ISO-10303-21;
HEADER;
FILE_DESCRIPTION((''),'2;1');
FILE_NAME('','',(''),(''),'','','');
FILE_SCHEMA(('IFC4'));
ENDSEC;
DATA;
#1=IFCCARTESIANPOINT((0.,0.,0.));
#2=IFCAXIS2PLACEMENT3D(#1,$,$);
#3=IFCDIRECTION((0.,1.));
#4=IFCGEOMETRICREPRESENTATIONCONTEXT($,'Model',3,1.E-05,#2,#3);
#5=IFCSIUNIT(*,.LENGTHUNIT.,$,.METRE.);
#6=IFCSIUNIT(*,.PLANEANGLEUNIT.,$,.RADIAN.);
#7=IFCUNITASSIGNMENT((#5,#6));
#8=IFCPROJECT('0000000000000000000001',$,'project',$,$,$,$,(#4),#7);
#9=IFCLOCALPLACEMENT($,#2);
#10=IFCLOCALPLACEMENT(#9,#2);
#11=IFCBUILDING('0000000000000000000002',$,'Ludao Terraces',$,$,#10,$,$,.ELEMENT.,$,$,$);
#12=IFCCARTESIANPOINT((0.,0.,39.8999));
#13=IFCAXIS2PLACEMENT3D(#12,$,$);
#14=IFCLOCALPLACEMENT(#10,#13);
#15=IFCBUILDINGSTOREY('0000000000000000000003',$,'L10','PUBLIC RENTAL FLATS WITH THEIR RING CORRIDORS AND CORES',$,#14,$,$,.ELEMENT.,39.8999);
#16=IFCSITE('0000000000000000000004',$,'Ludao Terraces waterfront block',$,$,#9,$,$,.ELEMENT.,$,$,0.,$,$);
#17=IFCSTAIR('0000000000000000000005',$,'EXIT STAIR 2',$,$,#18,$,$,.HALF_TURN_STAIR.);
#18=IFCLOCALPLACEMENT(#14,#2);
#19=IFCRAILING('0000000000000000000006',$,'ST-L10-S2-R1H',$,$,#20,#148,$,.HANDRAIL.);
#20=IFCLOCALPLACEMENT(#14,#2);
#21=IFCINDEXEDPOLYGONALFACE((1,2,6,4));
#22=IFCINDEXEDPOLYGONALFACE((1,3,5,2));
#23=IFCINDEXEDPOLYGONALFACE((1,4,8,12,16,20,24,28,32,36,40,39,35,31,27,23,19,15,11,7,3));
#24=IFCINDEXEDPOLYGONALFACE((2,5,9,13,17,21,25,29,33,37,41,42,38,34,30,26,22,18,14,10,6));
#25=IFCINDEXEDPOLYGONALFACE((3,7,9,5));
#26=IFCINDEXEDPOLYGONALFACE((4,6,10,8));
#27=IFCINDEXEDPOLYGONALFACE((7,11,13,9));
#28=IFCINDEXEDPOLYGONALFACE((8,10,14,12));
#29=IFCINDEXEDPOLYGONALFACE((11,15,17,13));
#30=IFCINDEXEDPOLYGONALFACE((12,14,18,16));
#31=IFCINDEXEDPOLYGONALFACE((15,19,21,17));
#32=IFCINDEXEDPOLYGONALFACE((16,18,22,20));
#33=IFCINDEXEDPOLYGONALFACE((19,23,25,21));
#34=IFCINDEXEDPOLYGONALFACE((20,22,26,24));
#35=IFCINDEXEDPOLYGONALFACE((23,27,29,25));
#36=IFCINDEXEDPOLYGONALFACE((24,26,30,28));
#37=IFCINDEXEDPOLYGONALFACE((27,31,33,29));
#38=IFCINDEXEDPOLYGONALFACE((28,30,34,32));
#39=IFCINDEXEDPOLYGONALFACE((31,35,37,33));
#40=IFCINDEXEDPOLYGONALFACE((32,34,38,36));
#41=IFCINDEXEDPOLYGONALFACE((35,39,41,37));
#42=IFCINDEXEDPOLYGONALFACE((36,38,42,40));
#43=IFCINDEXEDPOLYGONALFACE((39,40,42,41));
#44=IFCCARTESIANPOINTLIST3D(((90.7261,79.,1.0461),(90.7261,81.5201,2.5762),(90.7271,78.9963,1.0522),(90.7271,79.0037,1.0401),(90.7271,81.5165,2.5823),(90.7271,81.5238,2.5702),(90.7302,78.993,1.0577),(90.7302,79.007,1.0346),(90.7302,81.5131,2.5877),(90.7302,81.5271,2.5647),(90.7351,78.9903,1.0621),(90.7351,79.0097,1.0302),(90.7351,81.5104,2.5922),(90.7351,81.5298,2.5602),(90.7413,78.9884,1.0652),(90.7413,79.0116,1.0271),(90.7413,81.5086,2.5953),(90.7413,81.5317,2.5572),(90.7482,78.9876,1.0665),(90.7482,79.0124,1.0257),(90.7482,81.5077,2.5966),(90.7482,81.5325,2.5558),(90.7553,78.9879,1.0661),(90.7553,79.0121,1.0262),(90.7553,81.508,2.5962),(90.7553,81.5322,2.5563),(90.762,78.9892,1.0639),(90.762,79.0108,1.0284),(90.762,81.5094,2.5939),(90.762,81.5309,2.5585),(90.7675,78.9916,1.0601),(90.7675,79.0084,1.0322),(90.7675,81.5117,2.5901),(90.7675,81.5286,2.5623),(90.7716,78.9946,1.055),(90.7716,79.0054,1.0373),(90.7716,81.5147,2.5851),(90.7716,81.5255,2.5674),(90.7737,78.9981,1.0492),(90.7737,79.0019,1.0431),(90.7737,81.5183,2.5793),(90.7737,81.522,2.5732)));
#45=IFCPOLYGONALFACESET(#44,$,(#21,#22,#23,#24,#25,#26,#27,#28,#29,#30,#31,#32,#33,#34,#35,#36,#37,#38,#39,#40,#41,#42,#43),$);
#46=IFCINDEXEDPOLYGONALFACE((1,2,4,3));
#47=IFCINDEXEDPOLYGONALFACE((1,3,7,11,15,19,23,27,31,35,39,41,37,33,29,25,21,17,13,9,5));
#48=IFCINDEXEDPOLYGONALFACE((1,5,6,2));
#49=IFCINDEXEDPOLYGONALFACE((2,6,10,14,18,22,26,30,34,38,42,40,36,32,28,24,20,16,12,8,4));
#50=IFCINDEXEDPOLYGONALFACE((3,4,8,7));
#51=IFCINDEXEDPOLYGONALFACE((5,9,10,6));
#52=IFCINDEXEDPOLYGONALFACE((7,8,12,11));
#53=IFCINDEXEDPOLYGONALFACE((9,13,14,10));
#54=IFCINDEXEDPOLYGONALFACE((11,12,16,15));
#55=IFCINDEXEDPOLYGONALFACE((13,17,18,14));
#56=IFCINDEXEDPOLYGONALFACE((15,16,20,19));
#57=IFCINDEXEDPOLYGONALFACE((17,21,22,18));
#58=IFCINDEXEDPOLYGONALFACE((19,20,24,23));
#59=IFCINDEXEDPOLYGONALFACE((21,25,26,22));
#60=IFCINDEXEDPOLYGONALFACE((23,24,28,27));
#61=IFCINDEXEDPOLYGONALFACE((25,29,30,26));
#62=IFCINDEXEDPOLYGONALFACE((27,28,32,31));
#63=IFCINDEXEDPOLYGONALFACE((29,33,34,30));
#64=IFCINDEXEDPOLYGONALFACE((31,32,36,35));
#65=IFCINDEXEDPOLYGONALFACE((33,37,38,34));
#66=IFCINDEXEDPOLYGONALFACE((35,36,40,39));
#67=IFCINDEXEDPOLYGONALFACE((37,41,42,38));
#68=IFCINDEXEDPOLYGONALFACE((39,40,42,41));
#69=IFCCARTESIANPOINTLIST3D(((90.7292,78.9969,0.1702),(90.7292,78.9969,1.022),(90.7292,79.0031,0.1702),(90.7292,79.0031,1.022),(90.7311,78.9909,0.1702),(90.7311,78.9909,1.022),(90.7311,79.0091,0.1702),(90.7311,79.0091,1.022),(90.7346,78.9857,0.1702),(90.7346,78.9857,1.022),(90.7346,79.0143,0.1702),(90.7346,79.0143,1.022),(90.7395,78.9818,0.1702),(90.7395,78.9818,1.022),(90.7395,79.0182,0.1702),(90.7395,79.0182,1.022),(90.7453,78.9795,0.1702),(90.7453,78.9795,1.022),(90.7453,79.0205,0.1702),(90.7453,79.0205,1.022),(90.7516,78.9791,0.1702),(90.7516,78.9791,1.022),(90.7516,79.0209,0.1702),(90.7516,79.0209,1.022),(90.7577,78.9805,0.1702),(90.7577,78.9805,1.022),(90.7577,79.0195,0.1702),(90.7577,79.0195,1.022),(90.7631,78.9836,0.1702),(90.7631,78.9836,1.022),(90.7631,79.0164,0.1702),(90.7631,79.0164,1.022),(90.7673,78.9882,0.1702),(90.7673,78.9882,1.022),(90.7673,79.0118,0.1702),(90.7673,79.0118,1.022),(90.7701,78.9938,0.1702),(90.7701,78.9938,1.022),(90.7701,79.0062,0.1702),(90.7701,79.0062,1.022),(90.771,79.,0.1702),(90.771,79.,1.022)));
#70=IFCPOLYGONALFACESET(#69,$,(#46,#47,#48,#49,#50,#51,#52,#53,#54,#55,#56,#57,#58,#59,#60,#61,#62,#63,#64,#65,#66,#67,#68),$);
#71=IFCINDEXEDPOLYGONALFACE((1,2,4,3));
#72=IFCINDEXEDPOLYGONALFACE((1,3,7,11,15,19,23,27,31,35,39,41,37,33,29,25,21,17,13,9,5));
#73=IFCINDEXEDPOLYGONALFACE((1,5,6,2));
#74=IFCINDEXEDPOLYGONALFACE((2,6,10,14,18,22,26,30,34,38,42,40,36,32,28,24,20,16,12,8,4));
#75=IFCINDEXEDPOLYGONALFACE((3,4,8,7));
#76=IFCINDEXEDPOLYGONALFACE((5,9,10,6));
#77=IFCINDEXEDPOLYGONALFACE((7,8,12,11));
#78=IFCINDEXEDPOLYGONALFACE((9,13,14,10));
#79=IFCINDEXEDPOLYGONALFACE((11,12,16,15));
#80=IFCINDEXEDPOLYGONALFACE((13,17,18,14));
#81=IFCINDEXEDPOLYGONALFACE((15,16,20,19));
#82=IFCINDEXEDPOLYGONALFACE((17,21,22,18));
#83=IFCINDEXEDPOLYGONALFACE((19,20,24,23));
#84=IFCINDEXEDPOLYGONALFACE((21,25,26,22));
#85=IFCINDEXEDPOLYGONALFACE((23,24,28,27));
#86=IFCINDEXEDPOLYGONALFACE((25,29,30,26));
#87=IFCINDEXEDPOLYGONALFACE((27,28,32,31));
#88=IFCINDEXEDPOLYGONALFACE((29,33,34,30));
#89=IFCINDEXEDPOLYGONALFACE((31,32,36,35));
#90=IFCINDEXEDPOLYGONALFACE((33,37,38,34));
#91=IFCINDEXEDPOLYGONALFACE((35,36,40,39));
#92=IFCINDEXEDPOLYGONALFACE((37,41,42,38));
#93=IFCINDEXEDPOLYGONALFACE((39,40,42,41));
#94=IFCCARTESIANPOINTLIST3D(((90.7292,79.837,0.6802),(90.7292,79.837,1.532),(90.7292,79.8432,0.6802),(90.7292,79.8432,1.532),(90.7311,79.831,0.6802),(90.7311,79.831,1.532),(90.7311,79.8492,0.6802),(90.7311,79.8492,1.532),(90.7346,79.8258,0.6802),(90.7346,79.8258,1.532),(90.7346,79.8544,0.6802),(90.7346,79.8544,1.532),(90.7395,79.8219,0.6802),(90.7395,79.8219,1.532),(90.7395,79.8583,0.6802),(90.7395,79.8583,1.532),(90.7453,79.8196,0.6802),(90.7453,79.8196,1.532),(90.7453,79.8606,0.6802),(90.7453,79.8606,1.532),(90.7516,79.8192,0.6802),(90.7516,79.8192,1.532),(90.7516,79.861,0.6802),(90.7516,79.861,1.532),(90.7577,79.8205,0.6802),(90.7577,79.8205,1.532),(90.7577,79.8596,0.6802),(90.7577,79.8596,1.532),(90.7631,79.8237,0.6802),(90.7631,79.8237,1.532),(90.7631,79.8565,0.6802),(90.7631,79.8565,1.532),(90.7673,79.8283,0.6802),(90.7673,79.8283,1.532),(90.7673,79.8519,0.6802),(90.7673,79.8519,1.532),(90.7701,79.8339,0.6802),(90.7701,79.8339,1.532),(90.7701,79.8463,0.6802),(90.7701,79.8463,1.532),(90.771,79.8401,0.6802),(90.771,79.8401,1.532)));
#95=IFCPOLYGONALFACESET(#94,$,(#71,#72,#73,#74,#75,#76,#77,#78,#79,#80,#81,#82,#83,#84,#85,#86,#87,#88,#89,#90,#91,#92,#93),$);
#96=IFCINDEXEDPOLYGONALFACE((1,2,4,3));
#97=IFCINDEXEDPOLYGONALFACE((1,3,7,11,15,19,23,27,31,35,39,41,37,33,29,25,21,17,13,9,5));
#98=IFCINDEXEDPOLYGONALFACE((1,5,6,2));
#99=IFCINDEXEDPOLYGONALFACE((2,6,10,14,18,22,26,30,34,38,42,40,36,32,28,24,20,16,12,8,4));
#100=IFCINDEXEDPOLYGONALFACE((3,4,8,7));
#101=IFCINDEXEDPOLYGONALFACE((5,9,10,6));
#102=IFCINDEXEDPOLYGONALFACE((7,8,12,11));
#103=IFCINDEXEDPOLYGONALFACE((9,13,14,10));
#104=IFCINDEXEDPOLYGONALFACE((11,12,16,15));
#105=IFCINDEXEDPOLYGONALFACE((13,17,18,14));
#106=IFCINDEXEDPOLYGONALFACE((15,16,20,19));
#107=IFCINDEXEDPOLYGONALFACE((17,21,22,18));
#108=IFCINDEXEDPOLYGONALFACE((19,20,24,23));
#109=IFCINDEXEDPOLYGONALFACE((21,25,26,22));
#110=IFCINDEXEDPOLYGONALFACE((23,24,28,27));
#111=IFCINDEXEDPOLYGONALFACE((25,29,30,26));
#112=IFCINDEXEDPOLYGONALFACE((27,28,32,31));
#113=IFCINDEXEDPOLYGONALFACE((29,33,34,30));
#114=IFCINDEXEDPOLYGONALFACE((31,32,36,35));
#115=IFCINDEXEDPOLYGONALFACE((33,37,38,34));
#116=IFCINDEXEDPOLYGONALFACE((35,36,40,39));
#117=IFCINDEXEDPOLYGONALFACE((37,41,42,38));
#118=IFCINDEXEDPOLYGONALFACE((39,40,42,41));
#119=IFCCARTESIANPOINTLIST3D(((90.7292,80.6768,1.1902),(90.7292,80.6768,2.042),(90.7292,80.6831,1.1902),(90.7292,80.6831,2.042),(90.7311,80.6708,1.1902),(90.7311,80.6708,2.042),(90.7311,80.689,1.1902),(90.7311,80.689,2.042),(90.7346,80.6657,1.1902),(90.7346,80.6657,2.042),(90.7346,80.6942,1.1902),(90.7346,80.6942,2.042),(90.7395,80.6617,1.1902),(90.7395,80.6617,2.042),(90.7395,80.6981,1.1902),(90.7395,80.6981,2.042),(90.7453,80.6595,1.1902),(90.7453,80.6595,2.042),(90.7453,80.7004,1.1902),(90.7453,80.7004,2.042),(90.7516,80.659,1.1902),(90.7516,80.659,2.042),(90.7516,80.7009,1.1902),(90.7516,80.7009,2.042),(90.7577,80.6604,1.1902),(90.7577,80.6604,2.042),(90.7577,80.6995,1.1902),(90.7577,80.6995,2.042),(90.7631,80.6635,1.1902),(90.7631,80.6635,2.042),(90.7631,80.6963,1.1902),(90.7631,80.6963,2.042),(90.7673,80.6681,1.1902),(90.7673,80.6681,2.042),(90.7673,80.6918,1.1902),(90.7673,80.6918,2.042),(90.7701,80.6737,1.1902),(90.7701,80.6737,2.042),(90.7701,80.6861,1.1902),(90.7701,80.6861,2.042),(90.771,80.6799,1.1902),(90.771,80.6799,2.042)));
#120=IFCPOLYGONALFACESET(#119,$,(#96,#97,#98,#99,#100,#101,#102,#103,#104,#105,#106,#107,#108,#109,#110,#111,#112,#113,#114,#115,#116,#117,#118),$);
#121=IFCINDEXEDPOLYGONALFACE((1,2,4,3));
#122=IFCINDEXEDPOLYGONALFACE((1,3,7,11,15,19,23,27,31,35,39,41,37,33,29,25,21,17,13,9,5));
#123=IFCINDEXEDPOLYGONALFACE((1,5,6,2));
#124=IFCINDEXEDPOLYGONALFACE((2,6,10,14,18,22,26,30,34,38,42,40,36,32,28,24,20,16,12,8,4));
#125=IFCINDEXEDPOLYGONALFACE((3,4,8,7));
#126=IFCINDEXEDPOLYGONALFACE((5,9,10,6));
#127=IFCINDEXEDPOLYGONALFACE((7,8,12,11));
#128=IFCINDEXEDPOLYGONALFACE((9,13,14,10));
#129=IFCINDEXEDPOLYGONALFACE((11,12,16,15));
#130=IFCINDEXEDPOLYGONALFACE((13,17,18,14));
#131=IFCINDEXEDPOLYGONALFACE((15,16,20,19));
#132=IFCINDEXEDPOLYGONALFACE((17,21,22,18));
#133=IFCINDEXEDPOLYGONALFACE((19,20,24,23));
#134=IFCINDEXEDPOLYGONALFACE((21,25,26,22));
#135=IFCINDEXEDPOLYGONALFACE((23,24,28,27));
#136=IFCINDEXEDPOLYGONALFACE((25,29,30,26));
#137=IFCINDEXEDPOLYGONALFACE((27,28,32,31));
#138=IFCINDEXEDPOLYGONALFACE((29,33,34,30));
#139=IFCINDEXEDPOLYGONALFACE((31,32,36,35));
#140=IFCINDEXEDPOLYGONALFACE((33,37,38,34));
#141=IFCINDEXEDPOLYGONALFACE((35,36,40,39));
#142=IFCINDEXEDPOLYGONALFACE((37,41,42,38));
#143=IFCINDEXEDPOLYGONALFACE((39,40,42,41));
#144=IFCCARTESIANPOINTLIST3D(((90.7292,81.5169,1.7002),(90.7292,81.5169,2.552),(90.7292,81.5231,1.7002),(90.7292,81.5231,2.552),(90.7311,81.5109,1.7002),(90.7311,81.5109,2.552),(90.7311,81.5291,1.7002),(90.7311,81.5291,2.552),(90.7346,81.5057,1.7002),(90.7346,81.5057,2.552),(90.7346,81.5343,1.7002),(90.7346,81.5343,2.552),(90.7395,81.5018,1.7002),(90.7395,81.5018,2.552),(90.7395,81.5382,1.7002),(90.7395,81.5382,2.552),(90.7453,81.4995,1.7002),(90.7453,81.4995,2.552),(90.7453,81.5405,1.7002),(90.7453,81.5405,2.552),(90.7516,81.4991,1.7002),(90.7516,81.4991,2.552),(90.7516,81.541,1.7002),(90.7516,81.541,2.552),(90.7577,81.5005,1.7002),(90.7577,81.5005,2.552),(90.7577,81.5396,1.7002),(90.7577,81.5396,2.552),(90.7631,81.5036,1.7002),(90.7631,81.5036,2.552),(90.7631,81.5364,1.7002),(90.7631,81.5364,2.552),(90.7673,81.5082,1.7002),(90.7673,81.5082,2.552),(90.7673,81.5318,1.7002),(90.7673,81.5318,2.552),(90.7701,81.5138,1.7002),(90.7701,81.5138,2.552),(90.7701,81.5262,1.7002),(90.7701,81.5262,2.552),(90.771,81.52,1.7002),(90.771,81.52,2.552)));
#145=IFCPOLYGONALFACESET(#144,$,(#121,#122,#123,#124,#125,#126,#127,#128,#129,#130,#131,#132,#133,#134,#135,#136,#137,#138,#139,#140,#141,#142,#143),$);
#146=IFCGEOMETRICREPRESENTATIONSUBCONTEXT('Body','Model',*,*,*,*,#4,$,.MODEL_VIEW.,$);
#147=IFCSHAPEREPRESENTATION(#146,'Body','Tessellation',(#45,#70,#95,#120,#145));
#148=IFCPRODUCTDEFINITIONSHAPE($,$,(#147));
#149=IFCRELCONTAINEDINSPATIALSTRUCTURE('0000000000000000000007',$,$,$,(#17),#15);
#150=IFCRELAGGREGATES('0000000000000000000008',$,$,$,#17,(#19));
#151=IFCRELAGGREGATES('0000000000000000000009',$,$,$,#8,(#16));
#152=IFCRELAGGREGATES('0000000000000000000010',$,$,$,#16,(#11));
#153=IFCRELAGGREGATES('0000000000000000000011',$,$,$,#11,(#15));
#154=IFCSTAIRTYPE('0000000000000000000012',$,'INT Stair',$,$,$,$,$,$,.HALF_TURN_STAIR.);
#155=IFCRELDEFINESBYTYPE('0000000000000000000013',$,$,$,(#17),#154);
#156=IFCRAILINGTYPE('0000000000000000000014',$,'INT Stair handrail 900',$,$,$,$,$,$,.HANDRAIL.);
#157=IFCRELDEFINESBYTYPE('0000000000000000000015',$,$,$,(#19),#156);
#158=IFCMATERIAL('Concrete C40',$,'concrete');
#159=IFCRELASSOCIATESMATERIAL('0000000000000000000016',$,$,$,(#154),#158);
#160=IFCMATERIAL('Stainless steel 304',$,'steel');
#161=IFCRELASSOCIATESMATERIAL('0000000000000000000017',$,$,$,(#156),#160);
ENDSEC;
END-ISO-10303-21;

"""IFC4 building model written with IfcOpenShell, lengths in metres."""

from ifc_helpers import new_model, si_unit, direction, frame, origin, origin_2d, place, context, subcontext, project, spatial, circle, extrude, material, type_object, element, aggregate, save


model = new_model("IFC4")

# Units and contexts
model_context = context("Model", 3, precision=1e-05, world=origin(), true_north=direction((0.0, 1.0)))
body_context = subcontext(model_context, "Body", "Model", "MODEL_VIEW")
ifc_project = project(units=[si_unit("LENGTHUNIT", "METRE"), si_unit("PLANEANGLEUNIT", "RADIAN")], contexts=[model_context])

# Site, building, storey
site_placement = place(None, origin())
site = spatial("IfcSite", under=ifc_project, at=site_placement, Name="Ludao Terraces waterfront block", CompositionType="ELEMENT", RefElevation=0.0)
building_placement = place(site_placement, origin())
building = spatial("IfcBuilding", under=site, at=building_placement, Name="Ludao Terraces", CompositionType="ELEMENT")
storey_placement = place(building_placement, frame((0.0, 0.0, 39.8999)))
storey = spatial("IfcBuildingStorey", under=building, at=storey_placement, Name="L10", Description="PUBLIC RENTAL FLATS WITH THEIR RING CORRIDORS AND CORES", CompositionType="ELEMENT", Elevation=39.8999)

# Stair, railing
ifc_material_1 = material(Name="Concrete C40", Category="concrete")
stair_type = type_object("IfcStairType", Name="INT Stair", PredefinedType="HALF_TURN_STAIR", material=ifc_material_1)
stair_placement = place(storey_placement, origin())
stair = element("IfcStair", 1, at=stair_placement, inside=storey, type_object=stair_type, Name="EXIT STAIR 2", PredefinedType="HALF_TURN_STAIR")
ifc_material_2 = material(Name="Stainless steel 304", Category="steel")
railing_type_1 = type_object("IfcRailingType", Name="INT Stair handrail 900", PredefinedType="HANDRAIL", material=ifc_material_2)
railing_1_placement = place(storey_placement, frame((90.75, 79.0, 0.1702)))
railing_1 = element("IfcRailing", 2, at=railing_1_placement, type_object=railing_type_1, Name="ST-L10-S2-R1H", PredefinedType="HANDRAIL", context=body_context, shape_type="SweptSolid", body=[
    extrude(circle(Radius=0.0239, at=origin_2d()), frame((0.0, 0.0, 0.876), z_axis=(0.0, 0.854785, 0.518982), x_axis=(-1.0, 0.0, 0.0)), (0.0, 0.0, 1.0), 2.9482),
    extrude(circle(Radius=0.021, at=origin_2d()), origin(), (0.0, 0.0, 1.0), 0.8518),
    extrude(circle(Radius=0.021, at=origin_2d()), frame((0.0, 0.8401, 0.51)), (0.0, 0.0, 1.0), 0.8518),
    extrude(circle(Radius=0.021, at=origin_2d()), frame((0.0, 1.6799, 1.02)), (0.0, 0.0, 1.0), 0.8518),
    extrude(circle(Radius=0.021, at=origin_2d()), frame((0.0, 2.52, 1.53)), (0.0, 0.0, 1.0), 0.8518),
])
aggregate(stair, [railing_1])

save(model, "model.ifc")
